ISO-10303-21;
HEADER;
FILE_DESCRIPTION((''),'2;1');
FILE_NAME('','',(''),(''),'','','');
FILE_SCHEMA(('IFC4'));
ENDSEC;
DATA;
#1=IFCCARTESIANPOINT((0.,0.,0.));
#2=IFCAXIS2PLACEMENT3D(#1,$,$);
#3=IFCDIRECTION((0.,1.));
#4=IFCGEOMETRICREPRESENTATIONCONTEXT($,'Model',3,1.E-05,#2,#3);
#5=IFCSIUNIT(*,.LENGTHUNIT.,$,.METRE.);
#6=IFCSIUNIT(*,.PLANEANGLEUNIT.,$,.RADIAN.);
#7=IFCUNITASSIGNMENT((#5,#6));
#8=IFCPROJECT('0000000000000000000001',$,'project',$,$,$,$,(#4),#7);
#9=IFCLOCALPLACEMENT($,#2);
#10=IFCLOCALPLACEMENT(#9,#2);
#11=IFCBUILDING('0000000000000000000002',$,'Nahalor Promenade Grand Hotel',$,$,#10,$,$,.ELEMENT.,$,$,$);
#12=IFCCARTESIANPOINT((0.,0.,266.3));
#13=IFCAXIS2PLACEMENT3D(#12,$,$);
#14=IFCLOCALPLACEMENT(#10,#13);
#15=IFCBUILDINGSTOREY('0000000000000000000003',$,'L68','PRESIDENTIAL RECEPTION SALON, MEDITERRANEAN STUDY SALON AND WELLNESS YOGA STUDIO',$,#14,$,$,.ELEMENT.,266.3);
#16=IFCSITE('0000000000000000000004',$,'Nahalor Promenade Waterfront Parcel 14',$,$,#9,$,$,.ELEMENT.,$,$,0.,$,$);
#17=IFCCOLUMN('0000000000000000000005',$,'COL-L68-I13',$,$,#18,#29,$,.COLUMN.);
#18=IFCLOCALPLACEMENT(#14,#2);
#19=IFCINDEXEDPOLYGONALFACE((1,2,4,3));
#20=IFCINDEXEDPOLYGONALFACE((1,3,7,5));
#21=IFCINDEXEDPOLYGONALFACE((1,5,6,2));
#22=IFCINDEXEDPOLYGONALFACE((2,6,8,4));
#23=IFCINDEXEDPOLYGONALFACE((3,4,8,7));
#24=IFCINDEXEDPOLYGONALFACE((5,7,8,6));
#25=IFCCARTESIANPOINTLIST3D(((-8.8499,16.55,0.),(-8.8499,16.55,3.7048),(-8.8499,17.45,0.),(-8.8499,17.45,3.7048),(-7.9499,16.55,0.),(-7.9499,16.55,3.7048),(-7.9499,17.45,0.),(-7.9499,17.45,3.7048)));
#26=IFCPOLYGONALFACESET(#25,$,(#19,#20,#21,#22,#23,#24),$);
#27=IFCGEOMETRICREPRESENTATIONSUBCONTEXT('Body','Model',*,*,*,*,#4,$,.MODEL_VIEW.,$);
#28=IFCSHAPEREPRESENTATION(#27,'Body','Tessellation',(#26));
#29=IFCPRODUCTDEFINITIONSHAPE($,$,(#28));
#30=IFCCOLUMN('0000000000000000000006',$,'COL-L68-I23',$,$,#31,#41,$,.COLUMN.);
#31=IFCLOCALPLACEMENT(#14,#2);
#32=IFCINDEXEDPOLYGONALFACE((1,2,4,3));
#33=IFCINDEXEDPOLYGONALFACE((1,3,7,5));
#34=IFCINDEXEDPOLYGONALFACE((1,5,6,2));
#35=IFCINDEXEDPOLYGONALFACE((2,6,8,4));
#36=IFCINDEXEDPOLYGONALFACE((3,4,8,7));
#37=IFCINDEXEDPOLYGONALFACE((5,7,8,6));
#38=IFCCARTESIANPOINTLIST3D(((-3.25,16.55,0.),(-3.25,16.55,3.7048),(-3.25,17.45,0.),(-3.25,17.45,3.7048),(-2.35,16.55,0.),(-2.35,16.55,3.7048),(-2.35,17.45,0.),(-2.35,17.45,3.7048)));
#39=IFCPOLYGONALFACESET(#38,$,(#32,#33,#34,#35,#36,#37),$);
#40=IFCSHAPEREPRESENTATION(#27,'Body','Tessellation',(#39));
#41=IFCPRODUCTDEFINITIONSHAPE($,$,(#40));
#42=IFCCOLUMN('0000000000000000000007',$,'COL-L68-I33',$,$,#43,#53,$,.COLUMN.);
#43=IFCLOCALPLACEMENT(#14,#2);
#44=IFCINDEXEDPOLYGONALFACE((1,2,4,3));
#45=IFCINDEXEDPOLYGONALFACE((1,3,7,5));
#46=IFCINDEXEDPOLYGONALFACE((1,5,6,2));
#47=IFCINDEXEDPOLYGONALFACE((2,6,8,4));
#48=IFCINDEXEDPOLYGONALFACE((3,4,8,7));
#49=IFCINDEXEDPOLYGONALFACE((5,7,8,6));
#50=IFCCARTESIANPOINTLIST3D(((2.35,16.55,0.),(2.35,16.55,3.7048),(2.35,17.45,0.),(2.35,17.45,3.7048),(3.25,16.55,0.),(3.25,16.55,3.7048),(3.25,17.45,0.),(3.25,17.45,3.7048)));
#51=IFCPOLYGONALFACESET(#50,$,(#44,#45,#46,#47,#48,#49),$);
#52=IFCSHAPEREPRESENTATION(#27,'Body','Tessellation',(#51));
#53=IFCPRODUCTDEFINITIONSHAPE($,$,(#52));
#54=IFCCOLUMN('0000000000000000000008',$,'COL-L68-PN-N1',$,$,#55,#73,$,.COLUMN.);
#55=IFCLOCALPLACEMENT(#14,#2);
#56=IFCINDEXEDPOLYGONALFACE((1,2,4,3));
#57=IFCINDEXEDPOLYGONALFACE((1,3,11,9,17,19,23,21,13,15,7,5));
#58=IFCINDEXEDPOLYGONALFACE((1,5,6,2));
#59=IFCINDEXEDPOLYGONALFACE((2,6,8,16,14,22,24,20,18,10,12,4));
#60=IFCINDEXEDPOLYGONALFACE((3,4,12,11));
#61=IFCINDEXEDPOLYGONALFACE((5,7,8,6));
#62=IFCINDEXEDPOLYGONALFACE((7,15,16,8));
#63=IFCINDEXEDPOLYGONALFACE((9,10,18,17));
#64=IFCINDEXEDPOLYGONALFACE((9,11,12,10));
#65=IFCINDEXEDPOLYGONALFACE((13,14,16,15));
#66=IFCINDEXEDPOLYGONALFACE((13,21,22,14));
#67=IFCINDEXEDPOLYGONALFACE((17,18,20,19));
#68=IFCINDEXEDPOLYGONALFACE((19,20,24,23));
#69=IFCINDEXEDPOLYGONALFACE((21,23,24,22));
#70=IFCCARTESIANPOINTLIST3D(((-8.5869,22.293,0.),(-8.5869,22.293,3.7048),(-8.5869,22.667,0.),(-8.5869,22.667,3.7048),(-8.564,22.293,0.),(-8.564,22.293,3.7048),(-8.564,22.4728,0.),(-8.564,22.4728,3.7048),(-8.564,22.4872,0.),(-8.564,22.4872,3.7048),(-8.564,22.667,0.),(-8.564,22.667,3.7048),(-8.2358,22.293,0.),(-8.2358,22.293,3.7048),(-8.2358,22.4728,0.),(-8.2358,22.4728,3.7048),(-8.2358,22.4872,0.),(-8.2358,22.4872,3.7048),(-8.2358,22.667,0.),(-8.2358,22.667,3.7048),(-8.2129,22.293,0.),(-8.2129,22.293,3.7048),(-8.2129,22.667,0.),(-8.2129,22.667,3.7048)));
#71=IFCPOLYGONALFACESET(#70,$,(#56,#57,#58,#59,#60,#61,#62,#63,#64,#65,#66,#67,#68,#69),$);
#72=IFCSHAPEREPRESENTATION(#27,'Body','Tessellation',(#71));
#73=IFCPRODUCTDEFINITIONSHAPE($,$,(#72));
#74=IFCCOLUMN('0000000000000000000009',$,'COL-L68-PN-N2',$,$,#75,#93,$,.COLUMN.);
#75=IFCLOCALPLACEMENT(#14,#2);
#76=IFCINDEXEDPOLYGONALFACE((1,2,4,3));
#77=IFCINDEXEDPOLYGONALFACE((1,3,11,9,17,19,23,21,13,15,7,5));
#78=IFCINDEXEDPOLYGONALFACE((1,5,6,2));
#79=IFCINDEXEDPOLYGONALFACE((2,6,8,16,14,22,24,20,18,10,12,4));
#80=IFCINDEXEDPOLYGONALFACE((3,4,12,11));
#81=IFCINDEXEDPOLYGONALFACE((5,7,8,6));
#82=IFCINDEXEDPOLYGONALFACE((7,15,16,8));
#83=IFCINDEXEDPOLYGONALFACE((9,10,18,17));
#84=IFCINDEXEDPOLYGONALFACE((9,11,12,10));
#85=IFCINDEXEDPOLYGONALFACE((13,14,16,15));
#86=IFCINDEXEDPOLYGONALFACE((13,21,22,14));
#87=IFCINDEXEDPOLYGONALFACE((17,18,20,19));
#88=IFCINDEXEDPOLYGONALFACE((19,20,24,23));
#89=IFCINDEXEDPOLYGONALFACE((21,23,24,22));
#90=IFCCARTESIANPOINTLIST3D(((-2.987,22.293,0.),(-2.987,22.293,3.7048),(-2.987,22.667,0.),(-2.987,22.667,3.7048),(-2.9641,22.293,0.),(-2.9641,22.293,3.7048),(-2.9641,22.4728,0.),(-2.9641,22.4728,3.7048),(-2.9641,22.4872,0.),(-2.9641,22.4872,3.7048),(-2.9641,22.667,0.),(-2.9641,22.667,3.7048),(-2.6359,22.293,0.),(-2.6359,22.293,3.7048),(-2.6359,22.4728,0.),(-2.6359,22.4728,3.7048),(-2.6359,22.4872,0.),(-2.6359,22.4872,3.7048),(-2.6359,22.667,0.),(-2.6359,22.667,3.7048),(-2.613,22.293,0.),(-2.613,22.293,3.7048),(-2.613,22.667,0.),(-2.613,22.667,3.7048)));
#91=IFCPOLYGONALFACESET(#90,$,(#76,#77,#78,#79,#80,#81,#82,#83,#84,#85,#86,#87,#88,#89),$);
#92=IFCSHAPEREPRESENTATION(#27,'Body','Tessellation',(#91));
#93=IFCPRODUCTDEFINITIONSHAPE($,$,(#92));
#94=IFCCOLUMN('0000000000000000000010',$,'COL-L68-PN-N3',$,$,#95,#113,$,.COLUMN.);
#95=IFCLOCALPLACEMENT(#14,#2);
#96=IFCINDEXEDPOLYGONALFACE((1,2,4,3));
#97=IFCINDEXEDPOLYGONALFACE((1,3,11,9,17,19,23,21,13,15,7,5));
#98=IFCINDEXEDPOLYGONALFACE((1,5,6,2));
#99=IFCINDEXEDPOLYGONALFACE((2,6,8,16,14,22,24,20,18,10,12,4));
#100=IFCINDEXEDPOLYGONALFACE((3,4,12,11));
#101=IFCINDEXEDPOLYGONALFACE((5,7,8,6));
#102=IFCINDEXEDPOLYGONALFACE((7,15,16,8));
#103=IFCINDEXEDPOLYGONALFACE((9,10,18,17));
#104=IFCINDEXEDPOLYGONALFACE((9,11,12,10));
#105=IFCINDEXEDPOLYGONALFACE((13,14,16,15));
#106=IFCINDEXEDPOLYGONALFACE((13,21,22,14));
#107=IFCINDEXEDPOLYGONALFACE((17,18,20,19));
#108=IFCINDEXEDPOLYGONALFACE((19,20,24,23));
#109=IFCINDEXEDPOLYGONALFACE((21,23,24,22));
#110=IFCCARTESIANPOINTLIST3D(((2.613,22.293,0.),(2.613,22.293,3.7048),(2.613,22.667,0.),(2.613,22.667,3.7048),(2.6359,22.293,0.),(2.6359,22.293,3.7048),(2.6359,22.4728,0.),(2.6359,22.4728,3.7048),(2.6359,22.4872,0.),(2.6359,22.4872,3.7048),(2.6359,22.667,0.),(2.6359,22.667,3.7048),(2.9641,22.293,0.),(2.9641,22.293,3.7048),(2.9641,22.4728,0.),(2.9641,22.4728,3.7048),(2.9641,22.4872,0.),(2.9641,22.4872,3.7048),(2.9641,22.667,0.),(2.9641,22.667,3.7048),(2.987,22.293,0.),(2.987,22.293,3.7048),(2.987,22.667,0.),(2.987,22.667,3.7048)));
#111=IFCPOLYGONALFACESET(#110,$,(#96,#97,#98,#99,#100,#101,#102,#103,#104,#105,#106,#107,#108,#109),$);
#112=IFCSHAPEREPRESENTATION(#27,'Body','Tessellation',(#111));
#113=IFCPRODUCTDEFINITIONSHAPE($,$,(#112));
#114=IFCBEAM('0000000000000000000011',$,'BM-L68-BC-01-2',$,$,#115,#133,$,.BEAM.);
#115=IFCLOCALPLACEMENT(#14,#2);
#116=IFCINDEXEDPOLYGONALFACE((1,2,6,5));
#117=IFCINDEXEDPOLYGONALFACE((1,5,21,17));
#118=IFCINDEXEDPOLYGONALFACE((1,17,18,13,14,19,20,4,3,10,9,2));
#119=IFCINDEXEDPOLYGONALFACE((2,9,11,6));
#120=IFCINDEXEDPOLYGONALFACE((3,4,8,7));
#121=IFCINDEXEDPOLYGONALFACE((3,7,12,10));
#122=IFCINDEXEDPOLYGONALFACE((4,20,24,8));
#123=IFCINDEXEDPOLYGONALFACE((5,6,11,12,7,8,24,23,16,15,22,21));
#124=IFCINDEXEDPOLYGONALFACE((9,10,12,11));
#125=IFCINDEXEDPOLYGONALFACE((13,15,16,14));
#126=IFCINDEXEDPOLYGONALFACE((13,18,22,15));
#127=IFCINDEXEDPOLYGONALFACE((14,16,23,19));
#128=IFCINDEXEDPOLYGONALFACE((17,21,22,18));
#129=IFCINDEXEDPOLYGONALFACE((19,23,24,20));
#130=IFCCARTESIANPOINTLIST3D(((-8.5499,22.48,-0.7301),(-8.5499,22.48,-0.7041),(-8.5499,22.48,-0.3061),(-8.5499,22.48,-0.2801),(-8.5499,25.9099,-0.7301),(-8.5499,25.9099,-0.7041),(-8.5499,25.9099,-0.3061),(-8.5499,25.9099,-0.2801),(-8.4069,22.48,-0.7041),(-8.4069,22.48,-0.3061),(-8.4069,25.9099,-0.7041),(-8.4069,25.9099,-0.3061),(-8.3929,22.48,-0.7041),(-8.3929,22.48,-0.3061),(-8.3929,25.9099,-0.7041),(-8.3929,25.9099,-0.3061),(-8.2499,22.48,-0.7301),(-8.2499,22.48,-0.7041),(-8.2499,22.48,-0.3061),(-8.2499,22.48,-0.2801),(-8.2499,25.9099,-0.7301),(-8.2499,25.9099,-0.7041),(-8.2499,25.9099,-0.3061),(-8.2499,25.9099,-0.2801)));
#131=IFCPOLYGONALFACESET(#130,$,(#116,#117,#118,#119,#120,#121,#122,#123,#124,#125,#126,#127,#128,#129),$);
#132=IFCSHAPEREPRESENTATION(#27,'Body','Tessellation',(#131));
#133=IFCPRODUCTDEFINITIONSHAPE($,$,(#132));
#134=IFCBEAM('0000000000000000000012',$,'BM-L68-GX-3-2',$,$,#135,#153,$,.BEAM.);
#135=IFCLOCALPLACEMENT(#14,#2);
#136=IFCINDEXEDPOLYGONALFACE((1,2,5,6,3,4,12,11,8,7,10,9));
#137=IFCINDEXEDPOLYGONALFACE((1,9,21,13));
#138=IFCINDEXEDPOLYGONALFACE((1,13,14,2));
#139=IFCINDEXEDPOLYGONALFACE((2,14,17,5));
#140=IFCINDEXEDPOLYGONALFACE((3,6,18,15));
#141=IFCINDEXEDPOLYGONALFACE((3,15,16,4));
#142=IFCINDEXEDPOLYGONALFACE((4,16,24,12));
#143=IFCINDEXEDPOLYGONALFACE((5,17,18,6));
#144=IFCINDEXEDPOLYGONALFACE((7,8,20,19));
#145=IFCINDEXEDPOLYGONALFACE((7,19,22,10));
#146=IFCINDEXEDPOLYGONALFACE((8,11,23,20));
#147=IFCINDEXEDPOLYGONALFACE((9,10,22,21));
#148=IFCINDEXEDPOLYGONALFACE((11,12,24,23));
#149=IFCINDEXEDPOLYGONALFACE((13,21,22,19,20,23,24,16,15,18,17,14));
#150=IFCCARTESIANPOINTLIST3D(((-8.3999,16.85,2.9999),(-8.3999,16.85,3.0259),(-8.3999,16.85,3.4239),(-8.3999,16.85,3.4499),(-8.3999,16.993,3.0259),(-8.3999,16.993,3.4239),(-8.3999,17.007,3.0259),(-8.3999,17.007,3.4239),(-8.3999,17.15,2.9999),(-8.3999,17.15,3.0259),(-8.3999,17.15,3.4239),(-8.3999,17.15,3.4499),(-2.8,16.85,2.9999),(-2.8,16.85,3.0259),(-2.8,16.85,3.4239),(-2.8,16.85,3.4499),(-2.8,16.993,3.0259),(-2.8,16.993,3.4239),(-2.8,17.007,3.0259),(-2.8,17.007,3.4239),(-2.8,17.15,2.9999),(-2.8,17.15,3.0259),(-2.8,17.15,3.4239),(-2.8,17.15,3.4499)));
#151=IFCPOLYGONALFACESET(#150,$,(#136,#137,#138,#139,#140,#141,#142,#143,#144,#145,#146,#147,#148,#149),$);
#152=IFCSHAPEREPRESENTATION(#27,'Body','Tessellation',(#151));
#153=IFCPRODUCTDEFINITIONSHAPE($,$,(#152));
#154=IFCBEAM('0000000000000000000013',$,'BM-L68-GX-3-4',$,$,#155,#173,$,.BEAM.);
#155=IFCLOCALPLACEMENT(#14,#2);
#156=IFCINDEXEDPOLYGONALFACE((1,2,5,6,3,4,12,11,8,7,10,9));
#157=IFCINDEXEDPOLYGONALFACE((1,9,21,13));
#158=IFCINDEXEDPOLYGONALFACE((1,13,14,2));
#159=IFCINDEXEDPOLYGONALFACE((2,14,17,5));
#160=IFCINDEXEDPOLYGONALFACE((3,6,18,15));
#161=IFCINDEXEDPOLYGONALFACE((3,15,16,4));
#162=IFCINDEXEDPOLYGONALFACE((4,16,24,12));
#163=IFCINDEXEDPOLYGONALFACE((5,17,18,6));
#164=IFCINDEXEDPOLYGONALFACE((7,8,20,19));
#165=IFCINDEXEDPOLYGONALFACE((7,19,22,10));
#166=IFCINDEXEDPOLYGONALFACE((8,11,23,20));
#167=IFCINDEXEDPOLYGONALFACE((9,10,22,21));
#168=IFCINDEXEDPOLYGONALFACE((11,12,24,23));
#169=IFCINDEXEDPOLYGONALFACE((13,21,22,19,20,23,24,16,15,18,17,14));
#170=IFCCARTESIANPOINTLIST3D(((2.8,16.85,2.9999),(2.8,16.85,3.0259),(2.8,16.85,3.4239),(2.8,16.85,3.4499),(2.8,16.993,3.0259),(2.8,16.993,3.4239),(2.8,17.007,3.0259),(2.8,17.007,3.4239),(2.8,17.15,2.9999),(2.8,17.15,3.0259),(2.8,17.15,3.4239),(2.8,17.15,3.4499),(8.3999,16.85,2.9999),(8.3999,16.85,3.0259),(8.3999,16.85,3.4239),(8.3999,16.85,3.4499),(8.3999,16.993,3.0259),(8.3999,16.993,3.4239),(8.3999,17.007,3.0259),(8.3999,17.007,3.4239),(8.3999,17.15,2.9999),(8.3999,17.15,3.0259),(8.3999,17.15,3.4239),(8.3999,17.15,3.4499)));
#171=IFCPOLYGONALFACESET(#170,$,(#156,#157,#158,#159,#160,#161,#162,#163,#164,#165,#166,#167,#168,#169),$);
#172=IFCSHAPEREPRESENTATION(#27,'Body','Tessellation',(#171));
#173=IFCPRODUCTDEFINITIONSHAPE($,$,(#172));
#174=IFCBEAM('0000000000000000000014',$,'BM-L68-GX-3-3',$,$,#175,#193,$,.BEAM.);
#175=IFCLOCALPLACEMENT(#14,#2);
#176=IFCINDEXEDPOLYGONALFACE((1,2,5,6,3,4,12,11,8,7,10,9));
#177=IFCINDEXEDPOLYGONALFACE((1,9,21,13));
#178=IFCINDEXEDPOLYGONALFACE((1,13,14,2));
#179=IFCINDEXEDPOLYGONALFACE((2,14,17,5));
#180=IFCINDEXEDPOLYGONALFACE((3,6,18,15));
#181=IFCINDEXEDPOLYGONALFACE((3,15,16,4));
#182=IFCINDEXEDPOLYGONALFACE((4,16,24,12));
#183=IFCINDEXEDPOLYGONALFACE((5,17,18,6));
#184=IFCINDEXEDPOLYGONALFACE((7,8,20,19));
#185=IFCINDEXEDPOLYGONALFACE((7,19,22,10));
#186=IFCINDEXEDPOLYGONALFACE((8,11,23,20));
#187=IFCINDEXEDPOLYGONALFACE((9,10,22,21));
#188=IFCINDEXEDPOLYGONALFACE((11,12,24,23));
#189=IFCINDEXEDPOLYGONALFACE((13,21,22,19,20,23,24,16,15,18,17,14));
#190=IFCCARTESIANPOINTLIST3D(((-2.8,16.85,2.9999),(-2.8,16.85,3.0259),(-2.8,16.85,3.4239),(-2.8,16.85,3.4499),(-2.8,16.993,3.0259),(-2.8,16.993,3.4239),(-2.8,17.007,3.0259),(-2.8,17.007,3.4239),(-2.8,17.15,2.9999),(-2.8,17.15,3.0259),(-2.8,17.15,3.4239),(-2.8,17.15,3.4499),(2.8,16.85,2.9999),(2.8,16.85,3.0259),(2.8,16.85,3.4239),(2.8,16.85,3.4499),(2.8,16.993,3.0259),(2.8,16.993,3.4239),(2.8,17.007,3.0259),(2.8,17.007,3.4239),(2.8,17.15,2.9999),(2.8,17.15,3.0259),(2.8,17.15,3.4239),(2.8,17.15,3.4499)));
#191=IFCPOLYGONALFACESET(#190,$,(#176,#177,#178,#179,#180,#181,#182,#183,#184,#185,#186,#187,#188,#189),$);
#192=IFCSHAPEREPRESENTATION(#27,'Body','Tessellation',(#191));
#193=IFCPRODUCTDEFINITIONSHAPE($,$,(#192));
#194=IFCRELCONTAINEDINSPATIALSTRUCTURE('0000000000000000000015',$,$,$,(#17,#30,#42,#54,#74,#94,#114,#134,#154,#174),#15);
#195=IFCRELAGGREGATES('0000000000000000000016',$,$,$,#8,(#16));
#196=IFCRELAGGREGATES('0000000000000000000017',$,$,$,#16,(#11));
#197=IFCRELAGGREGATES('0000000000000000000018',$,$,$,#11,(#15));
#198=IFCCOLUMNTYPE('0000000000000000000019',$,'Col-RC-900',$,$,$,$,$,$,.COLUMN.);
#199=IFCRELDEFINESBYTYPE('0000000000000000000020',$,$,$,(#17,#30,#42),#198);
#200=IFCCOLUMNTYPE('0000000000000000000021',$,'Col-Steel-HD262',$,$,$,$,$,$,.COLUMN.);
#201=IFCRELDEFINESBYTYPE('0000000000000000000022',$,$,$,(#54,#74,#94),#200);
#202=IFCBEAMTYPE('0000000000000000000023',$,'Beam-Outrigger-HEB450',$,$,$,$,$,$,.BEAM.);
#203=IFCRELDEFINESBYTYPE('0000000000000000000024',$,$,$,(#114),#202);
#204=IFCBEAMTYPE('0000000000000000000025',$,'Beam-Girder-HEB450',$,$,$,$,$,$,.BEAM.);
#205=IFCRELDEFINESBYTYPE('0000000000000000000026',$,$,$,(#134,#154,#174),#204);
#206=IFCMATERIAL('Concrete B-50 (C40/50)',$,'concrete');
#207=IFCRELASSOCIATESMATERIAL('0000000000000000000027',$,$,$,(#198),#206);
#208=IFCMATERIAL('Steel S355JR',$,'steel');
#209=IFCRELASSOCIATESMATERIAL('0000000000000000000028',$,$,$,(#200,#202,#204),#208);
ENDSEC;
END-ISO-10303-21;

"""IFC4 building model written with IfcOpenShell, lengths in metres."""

from ifc_helpers import new_model, si_unit, direction, frame, origin, origin_2d, place, context, subcontext, project, spatial, rectangle, i_section, extrude, source, transform, mapped, material, material_profile, profile_set, type_object, element, save


model = new_model("IFC4")

# Units and contexts
model_context = context("Model", 3, precision=1e-05, world=origin(), true_north=direction((0.0, 1.0)))
body_context = subcontext(model_context, "Body", "Model", "MODEL_VIEW")
ifc_project = project(units=[si_unit("LENGTHUNIT", "METRE"), si_unit("PLANEANGLEUNIT", "RADIAN")], contexts=[model_context])

# Site, building, storey
site_placement = place(None, origin())
site = spatial("IfcSite", under=ifc_project, at=site_placement, Name="Nahalor Promenade Waterfront Parcel 14", CompositionType="ELEMENT", RefElevation=0.0)
building_placement = place(site_placement, origin())
building = spatial("IfcBuilding", under=site, at=building_placement, Name="Nahalor Promenade Grand Hotel", CompositionType="ELEMENT")
storey_placement = place(building_placement, frame((0.0, 0.0, 266.3)))
storey = spatial("IfcBuildingStorey", under=building, at=storey_placement, Name="L68", Description="PRESIDENTIAL RECEPTION SALON, MEDITERRANEAN STUDY SALON AND WELLNESS YOGA STUDIO", CompositionType="ELEMENT", Elevation=266.3)

# Columns
ifc_material_1 = material(Name="Concrete B-50 (C40/50)", Category="concrete")
ifc_material_profile_1 = material_profile(ifc_material_1, rectangle(XDim=0.9, YDim=0.9, at=origin_2d()), Name="RC 900x900")
ifc_profile_set_1 = profile_set([ifc_material_profile_1], Name="Concrete B-50 (C40/50)")
column_type_1 = type_object("IfcColumnType", Name="Col-RC-900", PredefinedType="COLUMN", material=ifc_profile_set_1)
shared_shape_1 = source(origin(), body_context, "Body", "SweptSolid", [
    extrude(rectangle(XDim=0.9, YDim=0.9, at=origin_2d()), origin(), (0.0, 0.0, 1.0), 3.7048),
])
for number, where, z_axis, x_axis, name in (
    (1, (-8.3999, 17.0, 0.0), (0.0, 0.0, 1.0), (1.0, 0.0, 0.0), "COL-L68-I13"),
    (2, (-2.8, 17.0, 0.0), (0.0, 0.0, 1.0), (1.0, 0.0, 0.0), "COL-L68-I23"),
    (3, (2.8, 17.0, 0.0), (0.0, 0.0, 1.0), (1.0, 0.0, 0.0), "COL-L68-I33"),
):
    element("IfcColumn", number, at=place(storey_placement, frame(where, z_axis=z_axis, x_axis=x_axis)), inside=storey, type_object=column_type_1, Name=name, PredefinedType="COLUMN", context=body_context, shape_type="MappedRepresentation", body=[
        mapped(shared_shape_1, transform((0.0, 0.0, 0.0), scale=1.0)),
    ])
ifc_material_2 = material(Name="Steel S355JR", Category="steel")
ifc_material_profile_2 = material_profile(ifc_material_2, i_section(OverallWidth=0.374, OverallDepth=0.374, WebThickness=0.0144, FlangeThickness=0.0229, at=origin_2d()), Name="HD 360x262")
ifc_profile_set_2 = profile_set([ifc_material_profile_2], Name="Steel S355JR")
column_type_2 = type_object("IfcColumnType", Name="Col-Steel-HD262", PredefinedType="COLUMN", material=ifc_profile_set_2)
shared_shape_2 = source(origin(), body_context, "Body", "SweptSolid", [
    extrude(i_section(OverallWidth=0.374, OverallDepth=0.374, WebThickness=0.0144, FlangeThickness=0.0229, at=origin_2d()), origin(), (0.0, 0.0, 1.0), 3.7048),
])
for number, where, z_axis, x_axis, name in (
    (4, (-8.3999, 22.48, 0.0), (0.0, 0.0, 1.0), (0.0, 1.0, 0.0), "COL-L68-PN-N1"),
    (5, (-2.8, 22.48, 0.0), (0.0, 0.0, 1.0), (0.0, 1.0, 0.0), "COL-L68-PN-N2"),
    (6, (2.8, 22.48, 0.0), (0.0, 0.0, 1.0), (0.0, 1.0, 0.0), "COL-L68-PN-N3"),
):
    element("IfcColumn", number, at=place(storey_placement, frame(where, z_axis=z_axis, x_axis=x_axis)), inside=storey, type_object=column_type_2, Name=name, PredefinedType="COLUMN", context=body_context, shape_type="MappedRepresentation", body=[
        mapped(shared_shape_2, transform((0.0, 0.0, 0.0), scale=1.0)),
    ])

# Beams
ifc_material_profile_3 = material_profile(ifc_material_2, i_section(OverallWidth=0.3, OverallDepth=0.45, WebThickness=0.014, FlangeThickness=0.026, at=origin_2d()), Name="HEB 450")
ifc_profile_set_3 = profile_set([ifc_material_profile_3], Name="Steel S355JR")
beam_type_1 = type_object("IfcBeamType", Name="Beam-Outrigger-HEB450", PredefinedType="BEAM", material=ifc_profile_set_3)
shared_shape_3 = source(origin(), body_context, "Body", "SweptSolid", [
    extrude(i_section(OverallWidth=0.3, OverallDepth=0.45, WebThickness=0.014, FlangeThickness=0.026, at=origin_2d()), origin(), (0.0, 0.0, 1.0), 3.4299),
])
beam_1_placement = place(storey_placement, frame((-8.3999, 22.48, -0.5051), z_axis=(0.0, 1.0, 0.0), x_axis=(-1.0, 0.0, 0.0)))
element("IfcBeam", 7, at=beam_1_placement, inside=storey, type_object=beam_type_1, Name="BM-L68-BC-01-2", PredefinedType="BEAM", context=body_context, shape_type="MappedRepresentation", body=[
    mapped(shared_shape_3, transform((0.0, 0.0, 0.0), scale=1.0)),
])
ifc_material_profile_4 = material_profile(ifc_material_2, i_section(OverallWidth=0.3, OverallDepth=0.45, WebThickness=0.014, FlangeThickness=0.026, at=origin_2d()), Name="HEB 450")
ifc_profile_set_4 = profile_set([ifc_material_profile_4], Name="Steel S355JR")
beam_type_2 = type_object("IfcBeamType", Name="Beam-Girder-HEB450", PredefinedType="BEAM", material=ifc_profile_set_4)
shared_shape_4 = source(origin(), body_context, "Body", "SweptSolid", [
    extrude(i_section(OverallWidth=0.3, OverallDepth=0.45, WebThickness=0.014, FlangeThickness=0.026, at=origin_2d()), origin(), (0.0, 0.0, 1.0), 5.5999),
])
for number, where, z_axis, x_axis, name in (
    (8, (-8.3999, 17.0, 3.2249), (1.0, 0.0, 0.0), (0.0, 1.0, 0.0), "BM-L68-GX-3-2"),
    (9, (2.8, 17.0, 3.2249), (1.0, 0.0, 0.0), (0.0, 1.0, 0.0), "BM-L68-GX-3-4"),
):
    element("IfcBeam", number, at=place(storey_placement, frame(where, z_axis=z_axis, x_axis=x_axis)), inside=storey, type_object=beam_type_2, Name=name, PredefinedType="BEAM", context=body_context, shape_type="MappedRepresentation", body=[
        mapped(shared_shape_4, transform((0.0, 0.0, 0.0), scale=1.0)),
    ])
shared_shape_5 = source(origin(), body_context, "Body", "SweptSolid", [
    extrude(i_section(OverallWidth=0.3, OverallDepth=0.45, WebThickness=0.014, FlangeThickness=0.026, at=origin_2d()), origin(), (0.0, 0.0, 1.0), 5.6001),
])
beam_2_placement = place(storey_placement, frame((-2.8, 17.0, 3.2249), z_axis=(1.0, 0.0, 0.0), x_axis=(0.0, 1.0, 0.0)))
element("IfcBeam", 10, at=beam_2_placement, inside=storey, type_object=beam_type_2, Name="BM-L68-GX-3-3", PredefinedType="BEAM", context=body_context, shape_type="MappedRepresentation", body=[
    mapped(shared_shape_5, transform((0.0, 0.0, 0.0), scale=1.0)),
])

save(model, "model.ifc")
